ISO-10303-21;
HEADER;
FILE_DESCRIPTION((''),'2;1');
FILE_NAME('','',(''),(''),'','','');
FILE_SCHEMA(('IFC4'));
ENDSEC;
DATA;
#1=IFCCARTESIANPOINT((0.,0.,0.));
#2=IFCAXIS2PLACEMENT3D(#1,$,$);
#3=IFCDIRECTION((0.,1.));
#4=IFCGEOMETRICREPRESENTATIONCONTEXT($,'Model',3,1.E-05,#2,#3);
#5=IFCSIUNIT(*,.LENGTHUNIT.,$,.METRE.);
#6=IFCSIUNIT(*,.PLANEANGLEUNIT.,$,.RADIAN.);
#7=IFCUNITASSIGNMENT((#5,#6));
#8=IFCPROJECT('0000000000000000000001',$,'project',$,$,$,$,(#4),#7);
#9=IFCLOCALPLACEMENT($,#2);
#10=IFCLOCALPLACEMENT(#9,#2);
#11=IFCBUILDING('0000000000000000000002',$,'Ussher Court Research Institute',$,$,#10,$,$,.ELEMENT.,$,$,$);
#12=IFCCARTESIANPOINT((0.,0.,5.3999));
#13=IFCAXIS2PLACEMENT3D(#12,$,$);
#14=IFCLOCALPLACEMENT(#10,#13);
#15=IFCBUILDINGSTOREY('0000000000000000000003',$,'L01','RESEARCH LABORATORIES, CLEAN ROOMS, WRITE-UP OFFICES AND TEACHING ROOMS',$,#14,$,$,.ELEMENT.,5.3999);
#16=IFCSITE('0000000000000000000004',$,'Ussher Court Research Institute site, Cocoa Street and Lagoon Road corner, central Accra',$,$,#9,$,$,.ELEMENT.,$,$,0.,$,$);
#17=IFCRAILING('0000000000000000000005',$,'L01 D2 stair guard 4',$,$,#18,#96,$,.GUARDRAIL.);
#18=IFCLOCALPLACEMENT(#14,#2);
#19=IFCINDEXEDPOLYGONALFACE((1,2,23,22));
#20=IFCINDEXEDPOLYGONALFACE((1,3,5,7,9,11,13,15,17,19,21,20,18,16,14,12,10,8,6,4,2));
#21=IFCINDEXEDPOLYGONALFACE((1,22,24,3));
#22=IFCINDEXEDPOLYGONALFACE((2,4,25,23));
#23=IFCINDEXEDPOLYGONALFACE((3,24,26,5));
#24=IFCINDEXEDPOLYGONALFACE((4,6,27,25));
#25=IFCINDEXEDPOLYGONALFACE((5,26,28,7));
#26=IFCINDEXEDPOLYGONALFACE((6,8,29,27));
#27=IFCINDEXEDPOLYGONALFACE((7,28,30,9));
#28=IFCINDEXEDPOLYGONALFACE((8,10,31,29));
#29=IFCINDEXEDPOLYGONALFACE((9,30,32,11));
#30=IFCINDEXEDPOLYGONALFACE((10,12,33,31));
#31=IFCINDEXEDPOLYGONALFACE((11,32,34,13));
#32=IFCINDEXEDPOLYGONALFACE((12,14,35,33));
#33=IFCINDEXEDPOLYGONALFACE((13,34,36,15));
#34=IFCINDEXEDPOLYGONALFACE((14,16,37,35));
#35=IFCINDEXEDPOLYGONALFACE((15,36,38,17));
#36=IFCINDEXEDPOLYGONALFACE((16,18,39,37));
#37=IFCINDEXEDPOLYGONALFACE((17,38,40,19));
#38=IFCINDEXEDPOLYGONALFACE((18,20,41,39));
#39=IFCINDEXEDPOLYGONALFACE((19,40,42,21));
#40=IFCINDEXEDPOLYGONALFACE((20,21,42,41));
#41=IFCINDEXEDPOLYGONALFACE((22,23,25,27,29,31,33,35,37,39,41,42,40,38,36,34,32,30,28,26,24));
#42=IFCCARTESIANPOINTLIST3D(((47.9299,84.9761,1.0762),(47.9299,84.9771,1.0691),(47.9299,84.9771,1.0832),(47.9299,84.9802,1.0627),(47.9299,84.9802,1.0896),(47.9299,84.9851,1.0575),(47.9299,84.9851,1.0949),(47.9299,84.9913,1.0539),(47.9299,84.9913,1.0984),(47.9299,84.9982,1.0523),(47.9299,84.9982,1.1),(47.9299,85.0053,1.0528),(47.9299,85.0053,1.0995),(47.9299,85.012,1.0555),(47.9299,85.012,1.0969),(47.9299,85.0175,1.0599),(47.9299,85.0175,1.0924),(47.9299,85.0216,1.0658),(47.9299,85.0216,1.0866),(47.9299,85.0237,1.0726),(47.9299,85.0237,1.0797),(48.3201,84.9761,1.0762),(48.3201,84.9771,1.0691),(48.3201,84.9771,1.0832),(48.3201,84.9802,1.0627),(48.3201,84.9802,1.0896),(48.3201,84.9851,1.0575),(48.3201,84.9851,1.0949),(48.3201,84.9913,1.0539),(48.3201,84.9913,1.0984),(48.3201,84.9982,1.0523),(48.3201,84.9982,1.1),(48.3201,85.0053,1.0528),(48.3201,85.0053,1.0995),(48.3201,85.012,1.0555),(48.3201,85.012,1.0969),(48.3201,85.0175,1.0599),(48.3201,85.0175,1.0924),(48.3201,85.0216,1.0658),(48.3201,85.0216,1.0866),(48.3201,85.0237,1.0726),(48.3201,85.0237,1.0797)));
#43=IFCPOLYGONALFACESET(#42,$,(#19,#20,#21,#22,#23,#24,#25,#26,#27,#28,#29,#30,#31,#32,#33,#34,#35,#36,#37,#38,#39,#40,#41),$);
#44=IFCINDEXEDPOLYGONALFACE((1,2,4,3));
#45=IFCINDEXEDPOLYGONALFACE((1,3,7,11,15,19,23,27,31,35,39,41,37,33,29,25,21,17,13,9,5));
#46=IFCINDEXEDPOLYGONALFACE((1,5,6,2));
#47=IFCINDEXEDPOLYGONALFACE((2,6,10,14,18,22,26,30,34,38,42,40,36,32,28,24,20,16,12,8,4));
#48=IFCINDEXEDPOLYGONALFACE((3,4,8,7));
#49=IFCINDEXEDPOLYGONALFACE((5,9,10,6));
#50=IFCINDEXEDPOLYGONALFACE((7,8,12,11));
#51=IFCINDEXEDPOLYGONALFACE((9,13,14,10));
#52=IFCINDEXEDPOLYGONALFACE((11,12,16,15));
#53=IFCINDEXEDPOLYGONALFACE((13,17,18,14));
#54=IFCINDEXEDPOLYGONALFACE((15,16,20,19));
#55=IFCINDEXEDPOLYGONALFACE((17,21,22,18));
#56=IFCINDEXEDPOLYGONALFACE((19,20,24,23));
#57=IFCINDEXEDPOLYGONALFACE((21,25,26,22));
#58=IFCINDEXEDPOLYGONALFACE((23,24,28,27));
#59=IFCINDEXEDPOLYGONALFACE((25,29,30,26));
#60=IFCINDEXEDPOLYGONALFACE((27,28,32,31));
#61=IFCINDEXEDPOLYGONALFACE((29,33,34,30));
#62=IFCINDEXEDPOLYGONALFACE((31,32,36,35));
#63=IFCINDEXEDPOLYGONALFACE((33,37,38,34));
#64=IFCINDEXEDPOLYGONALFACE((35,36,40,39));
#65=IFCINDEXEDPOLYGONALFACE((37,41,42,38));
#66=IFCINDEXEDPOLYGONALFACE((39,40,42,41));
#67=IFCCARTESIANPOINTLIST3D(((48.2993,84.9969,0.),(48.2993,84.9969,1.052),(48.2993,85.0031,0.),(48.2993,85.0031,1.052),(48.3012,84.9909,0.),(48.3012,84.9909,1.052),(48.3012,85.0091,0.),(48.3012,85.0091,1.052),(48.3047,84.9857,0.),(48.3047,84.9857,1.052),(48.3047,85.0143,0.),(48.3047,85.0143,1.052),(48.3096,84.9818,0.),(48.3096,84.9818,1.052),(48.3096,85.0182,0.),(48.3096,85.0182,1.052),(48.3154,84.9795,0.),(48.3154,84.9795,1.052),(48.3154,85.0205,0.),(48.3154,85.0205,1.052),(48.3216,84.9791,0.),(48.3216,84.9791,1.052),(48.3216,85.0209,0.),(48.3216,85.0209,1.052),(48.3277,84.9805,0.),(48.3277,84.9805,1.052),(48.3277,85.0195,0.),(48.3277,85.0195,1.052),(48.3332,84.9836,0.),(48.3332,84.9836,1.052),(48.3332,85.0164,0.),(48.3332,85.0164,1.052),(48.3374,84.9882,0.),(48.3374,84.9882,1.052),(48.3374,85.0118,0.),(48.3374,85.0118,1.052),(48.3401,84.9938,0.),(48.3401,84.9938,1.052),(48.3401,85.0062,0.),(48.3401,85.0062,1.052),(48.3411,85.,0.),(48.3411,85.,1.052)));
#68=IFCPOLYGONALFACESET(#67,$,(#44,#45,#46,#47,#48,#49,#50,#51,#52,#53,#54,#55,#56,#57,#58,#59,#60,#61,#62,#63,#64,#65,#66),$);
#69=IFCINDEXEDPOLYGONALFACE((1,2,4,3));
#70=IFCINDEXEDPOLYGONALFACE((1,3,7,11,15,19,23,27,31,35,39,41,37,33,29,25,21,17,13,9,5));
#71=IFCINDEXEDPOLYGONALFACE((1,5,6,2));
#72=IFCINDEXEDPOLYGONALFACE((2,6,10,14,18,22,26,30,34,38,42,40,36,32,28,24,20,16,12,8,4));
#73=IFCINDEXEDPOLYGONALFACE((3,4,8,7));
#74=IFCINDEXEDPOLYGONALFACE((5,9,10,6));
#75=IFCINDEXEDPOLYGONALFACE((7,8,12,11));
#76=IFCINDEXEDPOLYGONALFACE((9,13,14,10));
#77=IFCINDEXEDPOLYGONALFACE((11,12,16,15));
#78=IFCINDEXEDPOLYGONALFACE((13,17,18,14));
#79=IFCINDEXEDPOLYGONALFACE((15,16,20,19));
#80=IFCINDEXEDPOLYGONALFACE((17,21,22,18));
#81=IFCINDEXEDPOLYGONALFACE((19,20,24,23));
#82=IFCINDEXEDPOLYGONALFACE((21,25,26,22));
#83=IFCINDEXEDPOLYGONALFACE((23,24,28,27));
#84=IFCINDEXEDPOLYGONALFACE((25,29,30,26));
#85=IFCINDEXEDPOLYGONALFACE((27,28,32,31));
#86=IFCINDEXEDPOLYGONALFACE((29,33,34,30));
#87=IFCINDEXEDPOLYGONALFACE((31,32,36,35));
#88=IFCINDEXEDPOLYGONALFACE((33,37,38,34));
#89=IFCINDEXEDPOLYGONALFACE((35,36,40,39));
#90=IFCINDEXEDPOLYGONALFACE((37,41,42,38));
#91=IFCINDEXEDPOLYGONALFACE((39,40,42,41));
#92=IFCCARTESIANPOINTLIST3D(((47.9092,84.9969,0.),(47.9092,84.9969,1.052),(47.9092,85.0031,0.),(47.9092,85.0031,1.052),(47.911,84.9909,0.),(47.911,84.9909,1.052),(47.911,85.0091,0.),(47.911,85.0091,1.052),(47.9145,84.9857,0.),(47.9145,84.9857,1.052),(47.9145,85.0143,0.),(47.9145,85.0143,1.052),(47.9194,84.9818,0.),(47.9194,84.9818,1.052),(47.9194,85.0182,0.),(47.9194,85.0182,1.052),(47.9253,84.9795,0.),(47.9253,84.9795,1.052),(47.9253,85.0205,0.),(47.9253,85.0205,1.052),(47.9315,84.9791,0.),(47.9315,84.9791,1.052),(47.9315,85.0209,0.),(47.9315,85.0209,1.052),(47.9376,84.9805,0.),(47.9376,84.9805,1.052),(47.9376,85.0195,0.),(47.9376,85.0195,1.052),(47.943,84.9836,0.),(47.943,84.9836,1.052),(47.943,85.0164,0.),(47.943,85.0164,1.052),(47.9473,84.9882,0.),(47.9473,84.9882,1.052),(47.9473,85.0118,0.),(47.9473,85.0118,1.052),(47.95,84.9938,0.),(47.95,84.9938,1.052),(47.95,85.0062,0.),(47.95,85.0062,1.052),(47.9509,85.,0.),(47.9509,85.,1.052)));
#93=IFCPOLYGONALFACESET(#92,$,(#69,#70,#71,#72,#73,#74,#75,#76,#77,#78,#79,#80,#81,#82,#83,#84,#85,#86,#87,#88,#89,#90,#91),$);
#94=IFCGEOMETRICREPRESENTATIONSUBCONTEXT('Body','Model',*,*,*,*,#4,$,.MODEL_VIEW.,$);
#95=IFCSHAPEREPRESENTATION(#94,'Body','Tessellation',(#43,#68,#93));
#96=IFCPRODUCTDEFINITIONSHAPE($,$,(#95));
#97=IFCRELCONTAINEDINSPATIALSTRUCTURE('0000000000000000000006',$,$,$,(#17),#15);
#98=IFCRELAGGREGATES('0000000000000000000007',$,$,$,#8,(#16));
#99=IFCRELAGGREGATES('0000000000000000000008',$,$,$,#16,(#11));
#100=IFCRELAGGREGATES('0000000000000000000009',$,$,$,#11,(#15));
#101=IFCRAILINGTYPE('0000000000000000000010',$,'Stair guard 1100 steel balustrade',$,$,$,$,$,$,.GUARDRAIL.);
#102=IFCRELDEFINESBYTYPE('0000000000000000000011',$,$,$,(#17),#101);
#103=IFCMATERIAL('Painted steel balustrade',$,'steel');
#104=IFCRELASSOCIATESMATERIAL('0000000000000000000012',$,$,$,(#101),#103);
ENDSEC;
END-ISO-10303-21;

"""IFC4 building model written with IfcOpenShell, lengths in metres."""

from ifc_helpers import new_model, si_unit, direction, frame, origin, origin_2d, place, context, subcontext, project, spatial, circle, extrude, material, type_object, element, save


model = new_model("IFC4")

# Units and contexts
model_context = context("Model", 3, precision=1e-05, world=origin(), true_north=direction((0.0, 1.0)))
body_context = subcontext(model_context, "Body", "Model", "MODEL_VIEW")
ifc_project = project(units=[si_unit("LENGTHUNIT", "METRE"), si_unit("PLANEANGLEUNIT", "RADIAN")], contexts=[model_context])

# Site, building, storey
site_placement = place(None, origin())
site = spatial("IfcSite", under=ifc_project, at=site_placement, Name="Ussher Court Research Institute site, Cocoa Street and Lagoon Road corner, central Accra", CompositionType="ELEMENT", RefElevation=0.0)
building_placement = place(site_placement, origin())
building = spatial("IfcBuilding", under=site, at=building_placement, Name="Ussher Court Research Institute", CompositionType="ELEMENT")
storey_placement = place(building_placement, frame((0.0, 0.0, 5.3999)))
storey = spatial("IfcBuildingStorey", under=building, at=storey_placement, Name="L01", Description="RESEARCH LABORATORIES, CLEAN ROOMS, WRITE-UP OFFICES AND TEACHING ROOMS", CompositionType="ELEMENT", Elevation=5.3999)

# Railing
ifc_material_1 = material(Name="Painted steel balustrade", Category="steel")
railing_type_1 = type_object("IfcRailingType", Name="Stair guard 1100 steel balustrade", PredefinedType="GUARDRAIL", material=ifc_material_1)
railing_1_placement = place(storey_placement, frame((48.3201, 85.0, 0.0)))
element("IfcRailing", 1, at=railing_1_placement, inside=storey, type_object=railing_type_1, Name="L01 D2 stair guard 4", PredefinedType="GUARDRAIL", context=body_context, shape_type="SweptSolid", body=[
    extrude(circle(Radius=0.0239, at=origin_2d()), frame((0.0, 0.0, 1.0762), z_axis=(-1.0, 0.0, 0.0), x_axis=(0.0, -1.0, 0.0)), (0.0, 0.0, 1.0), 0.3901),
    extrude(circle(Radius=0.021, at=origin_2d()), origin(), (0.0, 0.0, 1.0), 1.052),
    extrude(circle(Radius=0.021, at=origin_2d()), frame((-0.3901, 0.0, 0.0)), (0.0, 0.0, 1.0), 1.052),
])

save(model, "model.ifc")
